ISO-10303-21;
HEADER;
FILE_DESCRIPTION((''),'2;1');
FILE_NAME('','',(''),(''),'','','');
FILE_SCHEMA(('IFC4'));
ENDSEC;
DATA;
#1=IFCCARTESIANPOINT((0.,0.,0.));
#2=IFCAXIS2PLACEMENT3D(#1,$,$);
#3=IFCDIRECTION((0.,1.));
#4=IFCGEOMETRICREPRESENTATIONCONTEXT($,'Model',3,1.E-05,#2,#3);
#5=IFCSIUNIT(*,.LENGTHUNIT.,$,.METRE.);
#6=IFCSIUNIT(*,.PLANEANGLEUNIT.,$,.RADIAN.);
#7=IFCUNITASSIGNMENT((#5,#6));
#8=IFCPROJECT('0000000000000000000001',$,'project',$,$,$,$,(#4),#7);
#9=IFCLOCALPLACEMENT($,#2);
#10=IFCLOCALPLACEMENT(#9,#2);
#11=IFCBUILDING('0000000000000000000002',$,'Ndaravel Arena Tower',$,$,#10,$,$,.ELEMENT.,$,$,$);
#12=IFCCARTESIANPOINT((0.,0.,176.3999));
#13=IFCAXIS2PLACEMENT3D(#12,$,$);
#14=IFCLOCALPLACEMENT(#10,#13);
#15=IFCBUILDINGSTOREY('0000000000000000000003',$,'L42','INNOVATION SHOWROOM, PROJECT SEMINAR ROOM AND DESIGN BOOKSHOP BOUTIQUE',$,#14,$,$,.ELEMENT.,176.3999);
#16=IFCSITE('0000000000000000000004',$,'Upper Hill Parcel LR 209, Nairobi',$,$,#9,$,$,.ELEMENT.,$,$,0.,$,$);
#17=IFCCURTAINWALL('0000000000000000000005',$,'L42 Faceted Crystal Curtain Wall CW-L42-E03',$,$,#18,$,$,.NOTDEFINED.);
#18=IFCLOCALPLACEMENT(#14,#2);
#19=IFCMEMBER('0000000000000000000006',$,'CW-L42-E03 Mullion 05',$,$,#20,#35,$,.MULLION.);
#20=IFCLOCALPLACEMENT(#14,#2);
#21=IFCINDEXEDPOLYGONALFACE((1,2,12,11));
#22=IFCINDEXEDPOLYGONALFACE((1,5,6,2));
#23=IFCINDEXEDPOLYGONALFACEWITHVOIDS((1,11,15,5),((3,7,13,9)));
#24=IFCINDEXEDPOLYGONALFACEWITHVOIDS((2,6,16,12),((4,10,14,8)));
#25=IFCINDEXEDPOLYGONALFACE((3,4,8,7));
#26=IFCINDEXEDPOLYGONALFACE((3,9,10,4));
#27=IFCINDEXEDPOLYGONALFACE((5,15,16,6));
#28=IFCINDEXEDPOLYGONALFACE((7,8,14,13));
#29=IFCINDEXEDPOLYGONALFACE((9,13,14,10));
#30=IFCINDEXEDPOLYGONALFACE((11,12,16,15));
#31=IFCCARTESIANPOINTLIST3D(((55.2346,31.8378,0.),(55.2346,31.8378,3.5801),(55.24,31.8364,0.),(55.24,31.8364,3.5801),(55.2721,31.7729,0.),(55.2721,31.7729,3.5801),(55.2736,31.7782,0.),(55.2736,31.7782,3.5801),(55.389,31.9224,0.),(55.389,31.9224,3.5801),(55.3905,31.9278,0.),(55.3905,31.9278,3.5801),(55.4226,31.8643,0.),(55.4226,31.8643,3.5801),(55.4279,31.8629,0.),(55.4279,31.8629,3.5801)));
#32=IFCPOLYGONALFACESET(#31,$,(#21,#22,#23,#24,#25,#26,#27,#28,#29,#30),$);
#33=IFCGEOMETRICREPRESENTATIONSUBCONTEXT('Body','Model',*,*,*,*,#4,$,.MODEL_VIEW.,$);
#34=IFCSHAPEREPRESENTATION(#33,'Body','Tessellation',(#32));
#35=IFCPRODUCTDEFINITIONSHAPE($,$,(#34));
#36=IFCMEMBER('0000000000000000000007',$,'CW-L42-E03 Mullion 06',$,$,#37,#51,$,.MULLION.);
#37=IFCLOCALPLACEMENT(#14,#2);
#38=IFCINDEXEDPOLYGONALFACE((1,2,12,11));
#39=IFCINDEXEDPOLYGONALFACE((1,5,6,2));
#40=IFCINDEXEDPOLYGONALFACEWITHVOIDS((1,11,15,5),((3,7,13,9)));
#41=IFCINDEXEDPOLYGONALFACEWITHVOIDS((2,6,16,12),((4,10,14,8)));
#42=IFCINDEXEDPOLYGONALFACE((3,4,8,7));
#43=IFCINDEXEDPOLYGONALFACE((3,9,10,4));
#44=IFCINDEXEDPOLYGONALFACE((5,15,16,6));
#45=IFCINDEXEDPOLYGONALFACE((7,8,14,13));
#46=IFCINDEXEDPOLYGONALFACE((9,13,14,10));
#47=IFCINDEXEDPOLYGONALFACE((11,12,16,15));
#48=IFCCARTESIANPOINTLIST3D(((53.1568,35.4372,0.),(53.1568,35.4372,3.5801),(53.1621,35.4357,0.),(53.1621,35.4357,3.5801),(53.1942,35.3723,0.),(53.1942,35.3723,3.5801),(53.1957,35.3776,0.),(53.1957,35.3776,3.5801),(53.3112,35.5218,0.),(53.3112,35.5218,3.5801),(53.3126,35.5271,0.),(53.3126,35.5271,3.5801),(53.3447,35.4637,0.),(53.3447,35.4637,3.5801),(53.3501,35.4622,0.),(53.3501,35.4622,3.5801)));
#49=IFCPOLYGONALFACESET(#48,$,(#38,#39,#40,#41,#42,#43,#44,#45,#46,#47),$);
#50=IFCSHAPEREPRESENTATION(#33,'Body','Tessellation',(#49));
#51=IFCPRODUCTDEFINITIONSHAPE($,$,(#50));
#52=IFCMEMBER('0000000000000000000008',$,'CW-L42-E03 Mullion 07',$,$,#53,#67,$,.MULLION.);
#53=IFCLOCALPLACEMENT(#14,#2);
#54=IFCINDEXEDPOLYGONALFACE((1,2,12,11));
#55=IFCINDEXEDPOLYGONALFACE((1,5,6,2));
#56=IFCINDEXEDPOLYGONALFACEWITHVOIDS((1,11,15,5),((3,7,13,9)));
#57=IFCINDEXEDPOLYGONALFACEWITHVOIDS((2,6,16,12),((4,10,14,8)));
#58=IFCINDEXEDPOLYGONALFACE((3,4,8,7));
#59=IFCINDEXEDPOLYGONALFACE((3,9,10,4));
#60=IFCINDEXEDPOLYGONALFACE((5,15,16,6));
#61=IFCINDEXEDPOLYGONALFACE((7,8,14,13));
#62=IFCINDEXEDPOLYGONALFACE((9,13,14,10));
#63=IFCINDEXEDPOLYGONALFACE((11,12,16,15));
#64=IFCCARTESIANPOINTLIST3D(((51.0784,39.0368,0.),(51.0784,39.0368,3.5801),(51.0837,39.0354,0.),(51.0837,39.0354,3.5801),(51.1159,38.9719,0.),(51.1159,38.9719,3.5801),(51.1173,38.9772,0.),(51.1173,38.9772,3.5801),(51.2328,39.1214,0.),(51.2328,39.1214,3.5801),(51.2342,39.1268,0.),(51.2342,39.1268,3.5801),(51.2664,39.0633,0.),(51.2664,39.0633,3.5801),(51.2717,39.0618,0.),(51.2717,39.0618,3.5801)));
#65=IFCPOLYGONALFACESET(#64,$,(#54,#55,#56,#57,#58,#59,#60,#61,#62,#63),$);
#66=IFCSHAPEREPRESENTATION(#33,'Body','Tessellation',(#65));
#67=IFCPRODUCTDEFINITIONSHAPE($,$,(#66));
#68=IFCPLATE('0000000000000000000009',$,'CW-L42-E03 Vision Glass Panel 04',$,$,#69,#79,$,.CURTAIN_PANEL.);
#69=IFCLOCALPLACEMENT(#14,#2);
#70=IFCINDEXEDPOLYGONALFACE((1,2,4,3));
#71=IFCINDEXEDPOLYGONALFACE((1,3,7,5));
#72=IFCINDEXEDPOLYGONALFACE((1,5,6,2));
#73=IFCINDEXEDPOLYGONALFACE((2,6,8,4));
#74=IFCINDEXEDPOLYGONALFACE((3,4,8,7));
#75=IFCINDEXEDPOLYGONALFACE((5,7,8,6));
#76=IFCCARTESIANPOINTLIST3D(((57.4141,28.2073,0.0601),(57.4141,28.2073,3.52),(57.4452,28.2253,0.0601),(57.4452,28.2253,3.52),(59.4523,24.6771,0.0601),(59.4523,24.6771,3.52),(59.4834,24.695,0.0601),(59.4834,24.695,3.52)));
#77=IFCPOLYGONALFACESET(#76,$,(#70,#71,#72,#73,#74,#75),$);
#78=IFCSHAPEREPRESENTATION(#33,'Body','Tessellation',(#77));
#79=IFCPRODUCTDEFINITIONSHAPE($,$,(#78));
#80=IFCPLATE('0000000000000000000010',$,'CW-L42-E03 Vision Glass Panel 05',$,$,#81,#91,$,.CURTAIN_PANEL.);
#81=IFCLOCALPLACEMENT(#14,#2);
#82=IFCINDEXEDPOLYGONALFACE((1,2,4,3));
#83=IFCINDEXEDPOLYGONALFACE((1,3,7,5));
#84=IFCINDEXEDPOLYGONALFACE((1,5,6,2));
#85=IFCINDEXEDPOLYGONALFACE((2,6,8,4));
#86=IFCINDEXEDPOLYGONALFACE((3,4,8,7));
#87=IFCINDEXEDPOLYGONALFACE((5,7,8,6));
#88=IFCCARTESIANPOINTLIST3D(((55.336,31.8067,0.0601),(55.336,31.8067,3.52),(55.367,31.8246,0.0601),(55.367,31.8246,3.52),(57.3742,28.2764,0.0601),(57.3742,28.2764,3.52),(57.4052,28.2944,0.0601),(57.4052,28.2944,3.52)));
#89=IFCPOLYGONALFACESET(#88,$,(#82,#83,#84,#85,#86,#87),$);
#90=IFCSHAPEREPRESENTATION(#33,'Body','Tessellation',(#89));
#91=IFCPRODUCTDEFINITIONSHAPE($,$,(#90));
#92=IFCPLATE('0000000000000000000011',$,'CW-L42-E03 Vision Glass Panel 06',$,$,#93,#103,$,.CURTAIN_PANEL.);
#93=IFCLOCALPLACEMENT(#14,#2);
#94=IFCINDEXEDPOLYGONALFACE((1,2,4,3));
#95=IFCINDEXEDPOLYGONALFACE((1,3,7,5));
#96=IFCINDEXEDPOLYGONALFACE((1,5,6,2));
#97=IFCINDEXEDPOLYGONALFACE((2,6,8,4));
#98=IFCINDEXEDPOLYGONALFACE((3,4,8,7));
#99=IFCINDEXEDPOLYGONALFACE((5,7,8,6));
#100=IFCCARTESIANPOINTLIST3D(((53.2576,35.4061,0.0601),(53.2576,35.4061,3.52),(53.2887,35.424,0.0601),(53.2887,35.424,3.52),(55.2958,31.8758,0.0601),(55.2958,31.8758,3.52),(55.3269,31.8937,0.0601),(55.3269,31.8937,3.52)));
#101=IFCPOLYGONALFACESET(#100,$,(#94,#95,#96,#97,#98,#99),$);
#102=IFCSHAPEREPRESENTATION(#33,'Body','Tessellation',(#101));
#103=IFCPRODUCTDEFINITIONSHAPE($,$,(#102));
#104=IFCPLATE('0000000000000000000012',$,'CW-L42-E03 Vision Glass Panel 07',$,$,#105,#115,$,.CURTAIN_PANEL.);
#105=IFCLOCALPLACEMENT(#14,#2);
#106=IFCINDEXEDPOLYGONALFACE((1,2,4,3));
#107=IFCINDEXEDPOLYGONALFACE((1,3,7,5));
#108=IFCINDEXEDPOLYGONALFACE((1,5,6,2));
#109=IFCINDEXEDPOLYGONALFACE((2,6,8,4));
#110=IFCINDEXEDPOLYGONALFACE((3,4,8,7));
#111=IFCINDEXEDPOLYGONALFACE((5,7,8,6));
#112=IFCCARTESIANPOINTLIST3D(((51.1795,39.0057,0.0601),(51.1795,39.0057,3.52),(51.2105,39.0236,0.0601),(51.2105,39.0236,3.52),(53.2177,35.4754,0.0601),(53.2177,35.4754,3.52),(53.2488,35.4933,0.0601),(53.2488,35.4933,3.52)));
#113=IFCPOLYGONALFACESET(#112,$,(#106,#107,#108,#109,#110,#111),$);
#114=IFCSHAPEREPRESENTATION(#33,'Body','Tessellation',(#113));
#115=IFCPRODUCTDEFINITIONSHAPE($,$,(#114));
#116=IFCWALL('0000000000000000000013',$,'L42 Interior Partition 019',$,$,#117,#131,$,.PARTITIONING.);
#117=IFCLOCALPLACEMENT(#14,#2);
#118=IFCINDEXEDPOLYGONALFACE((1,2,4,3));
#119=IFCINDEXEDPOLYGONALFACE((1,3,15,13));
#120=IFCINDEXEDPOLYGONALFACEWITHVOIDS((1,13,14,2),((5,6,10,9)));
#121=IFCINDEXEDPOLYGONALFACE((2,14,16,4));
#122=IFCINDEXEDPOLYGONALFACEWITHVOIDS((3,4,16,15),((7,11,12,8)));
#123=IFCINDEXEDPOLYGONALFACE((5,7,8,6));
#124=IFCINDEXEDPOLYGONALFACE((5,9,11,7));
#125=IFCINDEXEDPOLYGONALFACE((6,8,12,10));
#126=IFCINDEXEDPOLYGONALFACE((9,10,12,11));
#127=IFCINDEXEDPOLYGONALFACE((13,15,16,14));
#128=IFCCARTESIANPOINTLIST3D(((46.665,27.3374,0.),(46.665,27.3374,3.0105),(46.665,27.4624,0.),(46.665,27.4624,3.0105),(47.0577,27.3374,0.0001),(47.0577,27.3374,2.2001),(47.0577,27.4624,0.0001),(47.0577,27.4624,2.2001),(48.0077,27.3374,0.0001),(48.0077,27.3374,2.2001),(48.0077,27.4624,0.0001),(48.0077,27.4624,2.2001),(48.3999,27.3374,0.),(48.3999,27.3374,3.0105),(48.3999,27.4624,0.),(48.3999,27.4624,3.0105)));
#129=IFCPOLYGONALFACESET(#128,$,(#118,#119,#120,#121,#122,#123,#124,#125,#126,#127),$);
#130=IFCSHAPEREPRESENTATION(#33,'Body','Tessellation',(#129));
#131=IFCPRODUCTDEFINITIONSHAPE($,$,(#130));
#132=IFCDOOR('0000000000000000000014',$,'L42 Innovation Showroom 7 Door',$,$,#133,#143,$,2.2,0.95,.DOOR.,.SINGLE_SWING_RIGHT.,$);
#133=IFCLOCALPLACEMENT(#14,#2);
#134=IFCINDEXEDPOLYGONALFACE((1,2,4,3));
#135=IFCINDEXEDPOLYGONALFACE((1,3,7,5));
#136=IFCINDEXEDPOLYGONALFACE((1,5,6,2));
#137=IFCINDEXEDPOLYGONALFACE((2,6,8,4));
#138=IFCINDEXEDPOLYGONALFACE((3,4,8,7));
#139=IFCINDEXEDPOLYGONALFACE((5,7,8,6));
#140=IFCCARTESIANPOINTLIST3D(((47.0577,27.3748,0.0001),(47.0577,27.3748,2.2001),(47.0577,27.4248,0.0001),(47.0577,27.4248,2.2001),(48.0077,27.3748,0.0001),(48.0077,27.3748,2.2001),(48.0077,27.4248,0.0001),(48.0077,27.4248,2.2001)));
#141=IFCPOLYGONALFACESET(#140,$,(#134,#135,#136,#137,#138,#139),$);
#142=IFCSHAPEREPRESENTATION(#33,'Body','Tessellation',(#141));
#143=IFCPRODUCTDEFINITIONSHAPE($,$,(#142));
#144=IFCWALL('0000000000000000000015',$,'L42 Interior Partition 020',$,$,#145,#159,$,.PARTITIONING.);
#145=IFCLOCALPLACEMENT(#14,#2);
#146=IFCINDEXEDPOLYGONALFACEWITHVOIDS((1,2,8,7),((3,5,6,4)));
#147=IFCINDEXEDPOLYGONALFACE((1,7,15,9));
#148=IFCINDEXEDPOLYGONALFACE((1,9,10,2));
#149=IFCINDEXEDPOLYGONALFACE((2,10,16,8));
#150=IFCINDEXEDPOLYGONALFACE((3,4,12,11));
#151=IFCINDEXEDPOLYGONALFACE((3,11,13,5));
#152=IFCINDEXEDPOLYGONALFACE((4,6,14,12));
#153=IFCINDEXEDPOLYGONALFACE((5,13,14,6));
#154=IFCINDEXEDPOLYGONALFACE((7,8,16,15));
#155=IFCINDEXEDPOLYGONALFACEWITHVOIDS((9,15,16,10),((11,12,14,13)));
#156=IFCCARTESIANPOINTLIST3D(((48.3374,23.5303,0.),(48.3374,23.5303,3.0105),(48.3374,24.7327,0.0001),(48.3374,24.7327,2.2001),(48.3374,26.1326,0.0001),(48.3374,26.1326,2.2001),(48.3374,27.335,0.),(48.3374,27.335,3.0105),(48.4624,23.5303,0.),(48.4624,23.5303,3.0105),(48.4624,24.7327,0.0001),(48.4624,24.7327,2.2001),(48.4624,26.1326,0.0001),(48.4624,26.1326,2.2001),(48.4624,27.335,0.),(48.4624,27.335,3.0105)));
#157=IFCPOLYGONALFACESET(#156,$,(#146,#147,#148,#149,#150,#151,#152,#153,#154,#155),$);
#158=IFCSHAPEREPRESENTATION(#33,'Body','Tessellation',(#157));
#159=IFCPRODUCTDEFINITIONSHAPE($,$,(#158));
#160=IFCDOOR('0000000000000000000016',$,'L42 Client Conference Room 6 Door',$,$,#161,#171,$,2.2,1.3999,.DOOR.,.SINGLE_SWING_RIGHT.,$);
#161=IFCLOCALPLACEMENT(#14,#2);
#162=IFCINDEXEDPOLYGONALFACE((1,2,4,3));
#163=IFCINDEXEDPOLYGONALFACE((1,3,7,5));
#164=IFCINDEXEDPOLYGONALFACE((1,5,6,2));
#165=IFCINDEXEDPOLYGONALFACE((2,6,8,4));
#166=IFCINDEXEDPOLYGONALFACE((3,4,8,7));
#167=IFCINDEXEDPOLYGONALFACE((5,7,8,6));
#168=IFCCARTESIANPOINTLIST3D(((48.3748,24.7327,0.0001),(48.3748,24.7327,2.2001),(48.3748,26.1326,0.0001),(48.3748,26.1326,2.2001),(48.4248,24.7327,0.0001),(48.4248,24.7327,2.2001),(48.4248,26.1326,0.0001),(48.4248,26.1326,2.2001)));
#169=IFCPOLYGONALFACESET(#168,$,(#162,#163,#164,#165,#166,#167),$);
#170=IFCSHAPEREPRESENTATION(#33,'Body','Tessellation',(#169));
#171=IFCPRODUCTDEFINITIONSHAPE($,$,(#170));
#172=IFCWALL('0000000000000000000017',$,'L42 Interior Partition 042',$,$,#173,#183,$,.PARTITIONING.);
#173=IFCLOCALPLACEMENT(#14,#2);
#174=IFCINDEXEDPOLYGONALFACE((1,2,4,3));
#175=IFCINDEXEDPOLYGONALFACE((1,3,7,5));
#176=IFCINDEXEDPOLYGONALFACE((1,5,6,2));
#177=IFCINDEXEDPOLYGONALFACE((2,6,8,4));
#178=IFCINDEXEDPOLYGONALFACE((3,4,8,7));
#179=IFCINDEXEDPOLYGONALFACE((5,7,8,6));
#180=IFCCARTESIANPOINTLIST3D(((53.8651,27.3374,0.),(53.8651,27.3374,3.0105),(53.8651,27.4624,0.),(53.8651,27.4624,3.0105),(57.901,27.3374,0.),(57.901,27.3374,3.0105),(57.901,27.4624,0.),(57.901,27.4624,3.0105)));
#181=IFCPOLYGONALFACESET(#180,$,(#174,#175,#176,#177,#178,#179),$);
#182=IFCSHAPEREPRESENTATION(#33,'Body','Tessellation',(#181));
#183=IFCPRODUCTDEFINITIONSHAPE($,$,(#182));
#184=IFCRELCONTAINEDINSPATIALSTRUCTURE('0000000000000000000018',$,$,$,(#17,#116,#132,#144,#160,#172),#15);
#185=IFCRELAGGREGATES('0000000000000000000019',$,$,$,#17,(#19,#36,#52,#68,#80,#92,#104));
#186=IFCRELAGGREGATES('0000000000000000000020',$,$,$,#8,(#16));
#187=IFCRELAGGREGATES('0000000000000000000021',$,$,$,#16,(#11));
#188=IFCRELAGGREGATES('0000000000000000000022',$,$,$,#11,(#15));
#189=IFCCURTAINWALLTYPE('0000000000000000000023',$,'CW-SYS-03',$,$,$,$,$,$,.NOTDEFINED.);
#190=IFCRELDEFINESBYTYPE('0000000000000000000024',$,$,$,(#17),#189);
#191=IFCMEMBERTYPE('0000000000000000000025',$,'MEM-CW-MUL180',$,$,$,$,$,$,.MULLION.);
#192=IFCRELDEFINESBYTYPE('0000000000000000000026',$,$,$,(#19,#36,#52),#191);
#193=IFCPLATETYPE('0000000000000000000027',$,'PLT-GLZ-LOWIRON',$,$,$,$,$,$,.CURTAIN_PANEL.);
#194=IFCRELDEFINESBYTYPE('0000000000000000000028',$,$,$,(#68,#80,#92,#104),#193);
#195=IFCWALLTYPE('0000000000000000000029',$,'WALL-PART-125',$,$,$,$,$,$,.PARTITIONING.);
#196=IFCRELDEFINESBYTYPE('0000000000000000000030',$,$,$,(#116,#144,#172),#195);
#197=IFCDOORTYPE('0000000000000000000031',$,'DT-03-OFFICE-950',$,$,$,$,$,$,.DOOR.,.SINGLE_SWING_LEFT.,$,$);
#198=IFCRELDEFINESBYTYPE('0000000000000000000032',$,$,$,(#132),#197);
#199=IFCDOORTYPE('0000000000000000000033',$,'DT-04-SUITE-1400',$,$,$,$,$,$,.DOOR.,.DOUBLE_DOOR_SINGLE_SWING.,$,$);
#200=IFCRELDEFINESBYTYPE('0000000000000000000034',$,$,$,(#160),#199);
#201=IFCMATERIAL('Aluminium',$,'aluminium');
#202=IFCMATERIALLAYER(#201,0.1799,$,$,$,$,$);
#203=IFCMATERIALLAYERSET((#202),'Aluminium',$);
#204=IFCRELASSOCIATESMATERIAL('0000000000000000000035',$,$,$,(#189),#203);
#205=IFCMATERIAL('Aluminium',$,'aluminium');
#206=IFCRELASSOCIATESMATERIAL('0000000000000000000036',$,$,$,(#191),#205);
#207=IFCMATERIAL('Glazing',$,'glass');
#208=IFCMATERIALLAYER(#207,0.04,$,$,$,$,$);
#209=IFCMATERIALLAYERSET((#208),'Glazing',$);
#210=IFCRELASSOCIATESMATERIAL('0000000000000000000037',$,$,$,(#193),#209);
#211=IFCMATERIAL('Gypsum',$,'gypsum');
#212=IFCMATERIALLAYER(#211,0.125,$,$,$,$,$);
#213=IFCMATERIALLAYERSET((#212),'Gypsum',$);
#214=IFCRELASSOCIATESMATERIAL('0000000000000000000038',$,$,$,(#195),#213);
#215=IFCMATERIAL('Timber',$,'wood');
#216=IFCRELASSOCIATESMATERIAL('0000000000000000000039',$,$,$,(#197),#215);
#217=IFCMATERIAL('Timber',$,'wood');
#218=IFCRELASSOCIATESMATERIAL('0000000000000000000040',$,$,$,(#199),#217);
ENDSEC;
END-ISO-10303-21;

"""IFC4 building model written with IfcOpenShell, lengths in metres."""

from ifc_helpers import new_model, si_unit, direction, frame, frame_2d, origin, origin_2d, place, context, subcontext, project, spatial, rectangle, hollow_rectangle, extrude, material, layer, layer_set, material_profile, profile_set, type_object, element, fill, aggregate, save


model = new_model("IFC4")

# Units and contexts
model_context = context("Model", 3, precision=1e-05, world=origin(), true_north=direction((0.0, 1.0)))
body_context = subcontext(model_context, "Body", "Model", "MODEL_VIEW")
ifc_project = project(units=[si_unit("LENGTHUNIT", "METRE"), si_unit("PLANEANGLEUNIT", "RADIAN")], contexts=[model_context])

# Site, building, storey
site_placement = place(None, origin())
site = spatial("IfcSite", under=ifc_project, at=site_placement, Name="Upper Hill Parcel LR 209, Nairobi", CompositionType="ELEMENT", RefElevation=0.0)
building_placement = place(site_placement, origin())
building = spatial("IfcBuilding", under=site, at=building_placement, Name="Ndaravel Arena Tower", CompositionType="ELEMENT")
storey_placement = place(building_placement, frame((0.0, 0.0, 176.3999)))
storey = spatial("IfcBuildingStorey", under=building, at=storey_placement, Name="L42", Description="INNOVATION SHOWROOM, PROJECT SEMINAR ROOM AND DESIGN BOOKSHOP BOUTIQUE", CompositionType="ELEMENT", Elevation=176.3999)

# Curtain wall, members, plates
ifc_material_1 = material(Name="Aluminium", Category="aluminium")
ifc_layer_1 = layer(ifc_material_1, 0.1799)
ifc_layer_set_1 = layer_set([ifc_layer_1], Name="Aluminium")
curtain_wall_type = type_object("IfcCurtainWallType", Name="CW-SYS-03", PredefinedType="NOTDEFINED", material=ifc_layer_set_1)
curtain_wall_placement = place(storey_placement, origin())
curtain_wall = element("IfcCurtainWall", 1, at=curtain_wall_placement, inside=storey, type_object=curtain_wall_type, Name="L42 Faceted Crystal Curtain Wall CW-L42-E03", PredefinedType="NOTDEFINED")
ifc_material_2 = material(Name="Aluminium", Category="aluminium")
ifc_material_profile_1 = material_profile(ifc_material_2, hollow_rectangle(XDim=0.075, YDim=0.1799, WallThickness=0.0039, at=origin_2d()), Name="CW MULLION 75x180x4")
ifc_profile_set_1 = profile_set([ifc_material_profile_1], Name="Aluminium")
member_type = type_object("IfcMemberType", Name="MEM-CW-MUL180", PredefinedType="MULLION", material=ifc_profile_set_1)
member_1_placement = place(storey_placement, frame((55.3313, 31.8503, 0.0), z_axis=(0.0, 0.0, 1.0), x_axis=(-0.5, 0.866025, 0.0)))
member_1 = element("IfcMember", 2, at=member_1_placement, type_object=member_type, Name="CW-L42-E03 Mullion 05", PredefinedType="MULLION", context=body_context, shape_type="SweptSolid", body=[
    extrude(hollow_rectangle(XDim=0.075, YDim=0.1799, WallThickness=0.0039, at=origin_2d()), origin(), (0.0, 0.0, 1.0), 3.5801),
])
member_2_placement = place(storey_placement, frame((53.2534, 35.4497, 0.0), z_axis=(0.0, 0.0, 1.0), x_axis=(-0.5, 0.866025, 0.0)))
member_2 = element("IfcMember", 3, at=member_2_placement, type_object=member_type, Name="CW-L42-E03 Mullion 06", PredefinedType="MULLION", context=body_context, shape_type="SweptSolid", body=[
    extrude(hollow_rectangle(XDim=0.075, YDim=0.1799, WallThickness=0.0039, at=origin_2d()), origin(), (0.0, 0.0, 1.0), 3.5801),
])
member_3_placement = place(storey_placement, frame((51.175, 39.0493, 0.0), z_axis=(0.0, 0.0, 1.0), x_axis=(-0.5, 0.866025, 0.0)))
member_3 = element("IfcMember", 4, at=member_3_placement, type_object=member_type, Name="CW-L42-E03 Mullion 07", PredefinedType="MULLION", context=body_context, shape_type="SweptSolid", body=[
    extrude(hollow_rectangle(XDim=0.075, YDim=0.1799, WallThickness=0.0039, at=origin_2d()), origin(), (0.0, 0.0, 1.0), 3.5801),
])
ifc_material_3 = material(Name="Glazing", Category="glass")
ifc_layer_2 = layer(ifc_material_3, 0.04)
ifc_layer_set_2 = layer_set([ifc_layer_2], Name="Glazing")
plate_type = type_object("IfcPlateType", Name="PLT-GLZ-LOWIRON", PredefinedType="CURTAIN_PANEL", material=ifc_layer_set_2)
plate_1_placement = place(storey_placement, frame((58.4487, 26.4512, 0.0601), z_axis=(0.0, 0.0, 1.0), x_axis=(-0.5, 0.866025, 0.0)))
plate_1 = element("IfcPlate", 5, at=plate_1_placement, type_object=plate_type, Name="CW-L42-E03 Vision Glass Panel 04", PredefinedType="CURTAIN_PANEL", context=body_context, shape_type="SweptSolid", body=[
    extrude(rectangle(XDim=4.0764, YDim=0.0359, at=origin_2d()), origin(), (0.0, 0.0, 1.0), 3.46),
])
plate_2_placement = place(storey_placement, frame((56.3706, 30.0505, 0.0601), z_axis=(0.0, 0.0, 1.0), x_axis=(-0.5, 0.866025, 0.0)))
plate_2 = element("IfcPlate", 6, at=plate_2_placement, type_object=plate_type, Name="CW-L42-E03 Vision Glass Panel 05", PredefinedType="CURTAIN_PANEL", context=body_context, shape_type="SweptSolid", body=[
    extrude(rectangle(XDim=4.0764, YDim=0.0359, at=origin_2d()), origin(), (0.0, 0.0, 1.0), 3.46),
])
plate_3_placement = place(storey_placement, frame((54.2922, 33.6499, 0.0601), z_axis=(0.0, 0.0, 1.0), x_axis=(-0.5, 0.866025, 0.0)))
plate_3 = element("IfcPlate", 7, at=plate_3_placement, type_object=plate_type, Name="CW-L42-E03 Vision Glass Panel 06", PredefinedType="CURTAIN_PANEL", context=body_context, shape_type="SweptSolid", body=[
    extrude(rectangle(XDim=4.0764, YDim=0.0359, at=origin_2d()), origin(), (0.0, 0.0, 1.0), 3.46),
])
plate_4_placement = place(storey_placement, frame((52.2141, 37.2495, 0.0601), z_axis=(0.0, 0.0, 1.0), x_axis=(-0.5, 0.866025, 0.0)))
plate_4 = element("IfcPlate", 8, at=plate_4_placement, type_object=plate_type, Name="CW-L42-E03 Vision Glass Panel 07", PredefinedType="CURTAIN_PANEL", context=body_context, shape_type="SweptSolid", body=[
    extrude(rectangle(XDim=4.0764, YDim=0.0359, at=origin_2d()), origin(), (0.0, 0.0, 1.0), 3.46),
])
aggregate(curtain_wall, [member_1, member_2, member_3, plate_1, plate_2, plate_3, plate_4])

# Walls, openings, doors
ifc_material_4 = material(Name="Gypsum", Category="gypsum")
ifc_layer_3 = layer(ifc_material_4, 0.125)
ifc_layer_set_3 = layer_set([ifc_layer_3], Name="Gypsum")
wall_type_1 = type_object("IfcWallType", Name="WALL-PART-125", PredefinedType="PARTITIONING", material=ifc_layer_set_3)
wall_1_placement = place(storey_placement, frame((46.665, 27.3999, 0.0), z_axis=(0.0, 0.0, 1.0), x_axis=(1.0, 0.0, 0.0)))
wall_1 = element("IfcWall", 9, at=wall_1_placement, inside=storey, type_object=wall_type_1, Name="L42 Interior Partition 019", PredefinedType="PARTITIONING", context=body_context, shape_type="SweptSolid", body=[
    extrude(rectangle(XDim=1.7349, YDim=0.125, at=frame_2d((0.8674, 0.0))), origin(), (0.0, 0.0, 1.0), 3.0105),
])
opening_1_placement = place(wall_1_placement, frame((0.3926, 0.0, 0.0)))
opening_1 = element("IfcOpeningElement", 10, at=opening_1_placement, cuts=wall_1, PredefinedType="OPENING", context=body_context, shape_type="SweptSolid", body=[
    extrude(rectangle(XDim=0.95, YDim=2.2, at=frame_2d((0.4751, 1.1001))), frame((0.0, 0.0625, 0.0), z_axis=(0.0, -1.0, 0.0), x_axis=(1.0, 0.0, 0.0)), (0.0, 0.0, 1.0), 0.125),
])
ifc_material_5 = material(Name="Timber", Category="wood")
door_type_1 = type_object("IfcDoorType", Name="DT-03-OFFICE-950", OperationType="SINGLE_SWING_LEFT", PredefinedType="DOOR", material=ifc_material_5)
door_1_placement = place(opening_1_placement, origin())
door_1 = element("IfcDoor", 11, at=door_1_placement, inside=storey, type_object=door_type_1, Name="L42 Innovation Showroom 7 Door", OperationType="SINGLE_SWING_RIGHT", OverallHeight=2.2, OverallWidth=0.95, PredefinedType="DOOR", context=body_context, shape_type="SweptSolid", body=[
    extrude(rectangle(XDim=0.95, YDim=2.2, at=frame_2d((0.4751, 1.1001))), frame((0.0, 0.0249, 0.0), z_axis=(0.0, -1.0, 0.0), x_axis=(1.0, 0.0, 0.0)), (0.0, 0.0, 1.0), 0.05),
])
fill(opening_1, door_1)
wall_2_placement = place(storey_placement, frame((48.3999, 27.335, 0.0), z_axis=(0.0, 0.0, 1.0), x_axis=(0.0, -1.0, 0.0)))
wall_2 = element("IfcWall", 12, at=wall_2_placement, inside=storey, type_object=wall_type_1, Name="L42 Interior Partition 020", PredefinedType="PARTITIONING", context=body_context, shape_type="SweptSolid", body=[
    extrude(rectangle(XDim=3.8047, YDim=0.125, at=frame_2d((1.9023, 0.0))), origin(), (0.0, 0.0, 1.0), 3.0105),
])
opening_2_placement = place(wall_2_placement, frame((1.2024, 0.0, 0.0)))
opening_2 = element("IfcOpeningElement", 13, at=opening_2_placement, cuts=wall_2, PredefinedType="OPENING", context=body_context, shape_type="SweptSolid", body=[
    extrude(rectangle(XDim=1.3999, YDim=2.2, at=frame_2d((0.7, 1.1001))), frame((0.0, 0.0625, 0.0), z_axis=(0.0, -1.0, 0.0), x_axis=(1.0, 0.0, 0.0)), (0.0, 0.0, 1.0), 0.125),
])
ifc_material_6 = material(Name="Timber", Category="wood")
door_type_2 = type_object("IfcDoorType", Name="DT-04-SUITE-1400", OperationType="DOUBLE_DOOR_SINGLE_SWING", PredefinedType="DOOR", material=ifc_material_6)
door_2_placement = place(opening_2_placement, origin())
door_2 = element("IfcDoor", 14, at=door_2_placement, inside=storey, type_object=door_type_2, Name="L42 Client Conference Room 6 Door", OperationType="SINGLE_SWING_RIGHT", OverallHeight=2.2, OverallWidth=1.3999, PredefinedType="DOOR", context=body_context, shape_type="SweptSolid", body=[
    extrude(rectangle(XDim=1.3999, YDim=2.2, at=frame_2d((0.7, 1.1001))), frame((0.0, 0.0249, 0.0), z_axis=(0.0, -1.0, 0.0), x_axis=(1.0, 0.0, 0.0)), (0.0, 0.0, 1.0), 0.05),
])
fill(opening_2, door_2)

# Wall
wall_3_placement = place(storey_placement, frame((53.865, 27.3999, 0.0), z_axis=(0.0, 0.0, 1.0), x_axis=(1.0, 0.0, 0.0)))
element("IfcWall", 15, at=wall_3_placement, inside=storey, type_object=wall_type_1, Name="L42 Interior Partition 042", PredefinedType="PARTITIONING", context=body_context, shape_type="SweptSolid", body=[
    extrude(rectangle(XDim=4.0359, YDim=0.125, at=frame_2d((2.0181, 0.0))), origin(), (0.0, 0.0, 1.0), 3.0105),
])

save(model, "model.ifc")
